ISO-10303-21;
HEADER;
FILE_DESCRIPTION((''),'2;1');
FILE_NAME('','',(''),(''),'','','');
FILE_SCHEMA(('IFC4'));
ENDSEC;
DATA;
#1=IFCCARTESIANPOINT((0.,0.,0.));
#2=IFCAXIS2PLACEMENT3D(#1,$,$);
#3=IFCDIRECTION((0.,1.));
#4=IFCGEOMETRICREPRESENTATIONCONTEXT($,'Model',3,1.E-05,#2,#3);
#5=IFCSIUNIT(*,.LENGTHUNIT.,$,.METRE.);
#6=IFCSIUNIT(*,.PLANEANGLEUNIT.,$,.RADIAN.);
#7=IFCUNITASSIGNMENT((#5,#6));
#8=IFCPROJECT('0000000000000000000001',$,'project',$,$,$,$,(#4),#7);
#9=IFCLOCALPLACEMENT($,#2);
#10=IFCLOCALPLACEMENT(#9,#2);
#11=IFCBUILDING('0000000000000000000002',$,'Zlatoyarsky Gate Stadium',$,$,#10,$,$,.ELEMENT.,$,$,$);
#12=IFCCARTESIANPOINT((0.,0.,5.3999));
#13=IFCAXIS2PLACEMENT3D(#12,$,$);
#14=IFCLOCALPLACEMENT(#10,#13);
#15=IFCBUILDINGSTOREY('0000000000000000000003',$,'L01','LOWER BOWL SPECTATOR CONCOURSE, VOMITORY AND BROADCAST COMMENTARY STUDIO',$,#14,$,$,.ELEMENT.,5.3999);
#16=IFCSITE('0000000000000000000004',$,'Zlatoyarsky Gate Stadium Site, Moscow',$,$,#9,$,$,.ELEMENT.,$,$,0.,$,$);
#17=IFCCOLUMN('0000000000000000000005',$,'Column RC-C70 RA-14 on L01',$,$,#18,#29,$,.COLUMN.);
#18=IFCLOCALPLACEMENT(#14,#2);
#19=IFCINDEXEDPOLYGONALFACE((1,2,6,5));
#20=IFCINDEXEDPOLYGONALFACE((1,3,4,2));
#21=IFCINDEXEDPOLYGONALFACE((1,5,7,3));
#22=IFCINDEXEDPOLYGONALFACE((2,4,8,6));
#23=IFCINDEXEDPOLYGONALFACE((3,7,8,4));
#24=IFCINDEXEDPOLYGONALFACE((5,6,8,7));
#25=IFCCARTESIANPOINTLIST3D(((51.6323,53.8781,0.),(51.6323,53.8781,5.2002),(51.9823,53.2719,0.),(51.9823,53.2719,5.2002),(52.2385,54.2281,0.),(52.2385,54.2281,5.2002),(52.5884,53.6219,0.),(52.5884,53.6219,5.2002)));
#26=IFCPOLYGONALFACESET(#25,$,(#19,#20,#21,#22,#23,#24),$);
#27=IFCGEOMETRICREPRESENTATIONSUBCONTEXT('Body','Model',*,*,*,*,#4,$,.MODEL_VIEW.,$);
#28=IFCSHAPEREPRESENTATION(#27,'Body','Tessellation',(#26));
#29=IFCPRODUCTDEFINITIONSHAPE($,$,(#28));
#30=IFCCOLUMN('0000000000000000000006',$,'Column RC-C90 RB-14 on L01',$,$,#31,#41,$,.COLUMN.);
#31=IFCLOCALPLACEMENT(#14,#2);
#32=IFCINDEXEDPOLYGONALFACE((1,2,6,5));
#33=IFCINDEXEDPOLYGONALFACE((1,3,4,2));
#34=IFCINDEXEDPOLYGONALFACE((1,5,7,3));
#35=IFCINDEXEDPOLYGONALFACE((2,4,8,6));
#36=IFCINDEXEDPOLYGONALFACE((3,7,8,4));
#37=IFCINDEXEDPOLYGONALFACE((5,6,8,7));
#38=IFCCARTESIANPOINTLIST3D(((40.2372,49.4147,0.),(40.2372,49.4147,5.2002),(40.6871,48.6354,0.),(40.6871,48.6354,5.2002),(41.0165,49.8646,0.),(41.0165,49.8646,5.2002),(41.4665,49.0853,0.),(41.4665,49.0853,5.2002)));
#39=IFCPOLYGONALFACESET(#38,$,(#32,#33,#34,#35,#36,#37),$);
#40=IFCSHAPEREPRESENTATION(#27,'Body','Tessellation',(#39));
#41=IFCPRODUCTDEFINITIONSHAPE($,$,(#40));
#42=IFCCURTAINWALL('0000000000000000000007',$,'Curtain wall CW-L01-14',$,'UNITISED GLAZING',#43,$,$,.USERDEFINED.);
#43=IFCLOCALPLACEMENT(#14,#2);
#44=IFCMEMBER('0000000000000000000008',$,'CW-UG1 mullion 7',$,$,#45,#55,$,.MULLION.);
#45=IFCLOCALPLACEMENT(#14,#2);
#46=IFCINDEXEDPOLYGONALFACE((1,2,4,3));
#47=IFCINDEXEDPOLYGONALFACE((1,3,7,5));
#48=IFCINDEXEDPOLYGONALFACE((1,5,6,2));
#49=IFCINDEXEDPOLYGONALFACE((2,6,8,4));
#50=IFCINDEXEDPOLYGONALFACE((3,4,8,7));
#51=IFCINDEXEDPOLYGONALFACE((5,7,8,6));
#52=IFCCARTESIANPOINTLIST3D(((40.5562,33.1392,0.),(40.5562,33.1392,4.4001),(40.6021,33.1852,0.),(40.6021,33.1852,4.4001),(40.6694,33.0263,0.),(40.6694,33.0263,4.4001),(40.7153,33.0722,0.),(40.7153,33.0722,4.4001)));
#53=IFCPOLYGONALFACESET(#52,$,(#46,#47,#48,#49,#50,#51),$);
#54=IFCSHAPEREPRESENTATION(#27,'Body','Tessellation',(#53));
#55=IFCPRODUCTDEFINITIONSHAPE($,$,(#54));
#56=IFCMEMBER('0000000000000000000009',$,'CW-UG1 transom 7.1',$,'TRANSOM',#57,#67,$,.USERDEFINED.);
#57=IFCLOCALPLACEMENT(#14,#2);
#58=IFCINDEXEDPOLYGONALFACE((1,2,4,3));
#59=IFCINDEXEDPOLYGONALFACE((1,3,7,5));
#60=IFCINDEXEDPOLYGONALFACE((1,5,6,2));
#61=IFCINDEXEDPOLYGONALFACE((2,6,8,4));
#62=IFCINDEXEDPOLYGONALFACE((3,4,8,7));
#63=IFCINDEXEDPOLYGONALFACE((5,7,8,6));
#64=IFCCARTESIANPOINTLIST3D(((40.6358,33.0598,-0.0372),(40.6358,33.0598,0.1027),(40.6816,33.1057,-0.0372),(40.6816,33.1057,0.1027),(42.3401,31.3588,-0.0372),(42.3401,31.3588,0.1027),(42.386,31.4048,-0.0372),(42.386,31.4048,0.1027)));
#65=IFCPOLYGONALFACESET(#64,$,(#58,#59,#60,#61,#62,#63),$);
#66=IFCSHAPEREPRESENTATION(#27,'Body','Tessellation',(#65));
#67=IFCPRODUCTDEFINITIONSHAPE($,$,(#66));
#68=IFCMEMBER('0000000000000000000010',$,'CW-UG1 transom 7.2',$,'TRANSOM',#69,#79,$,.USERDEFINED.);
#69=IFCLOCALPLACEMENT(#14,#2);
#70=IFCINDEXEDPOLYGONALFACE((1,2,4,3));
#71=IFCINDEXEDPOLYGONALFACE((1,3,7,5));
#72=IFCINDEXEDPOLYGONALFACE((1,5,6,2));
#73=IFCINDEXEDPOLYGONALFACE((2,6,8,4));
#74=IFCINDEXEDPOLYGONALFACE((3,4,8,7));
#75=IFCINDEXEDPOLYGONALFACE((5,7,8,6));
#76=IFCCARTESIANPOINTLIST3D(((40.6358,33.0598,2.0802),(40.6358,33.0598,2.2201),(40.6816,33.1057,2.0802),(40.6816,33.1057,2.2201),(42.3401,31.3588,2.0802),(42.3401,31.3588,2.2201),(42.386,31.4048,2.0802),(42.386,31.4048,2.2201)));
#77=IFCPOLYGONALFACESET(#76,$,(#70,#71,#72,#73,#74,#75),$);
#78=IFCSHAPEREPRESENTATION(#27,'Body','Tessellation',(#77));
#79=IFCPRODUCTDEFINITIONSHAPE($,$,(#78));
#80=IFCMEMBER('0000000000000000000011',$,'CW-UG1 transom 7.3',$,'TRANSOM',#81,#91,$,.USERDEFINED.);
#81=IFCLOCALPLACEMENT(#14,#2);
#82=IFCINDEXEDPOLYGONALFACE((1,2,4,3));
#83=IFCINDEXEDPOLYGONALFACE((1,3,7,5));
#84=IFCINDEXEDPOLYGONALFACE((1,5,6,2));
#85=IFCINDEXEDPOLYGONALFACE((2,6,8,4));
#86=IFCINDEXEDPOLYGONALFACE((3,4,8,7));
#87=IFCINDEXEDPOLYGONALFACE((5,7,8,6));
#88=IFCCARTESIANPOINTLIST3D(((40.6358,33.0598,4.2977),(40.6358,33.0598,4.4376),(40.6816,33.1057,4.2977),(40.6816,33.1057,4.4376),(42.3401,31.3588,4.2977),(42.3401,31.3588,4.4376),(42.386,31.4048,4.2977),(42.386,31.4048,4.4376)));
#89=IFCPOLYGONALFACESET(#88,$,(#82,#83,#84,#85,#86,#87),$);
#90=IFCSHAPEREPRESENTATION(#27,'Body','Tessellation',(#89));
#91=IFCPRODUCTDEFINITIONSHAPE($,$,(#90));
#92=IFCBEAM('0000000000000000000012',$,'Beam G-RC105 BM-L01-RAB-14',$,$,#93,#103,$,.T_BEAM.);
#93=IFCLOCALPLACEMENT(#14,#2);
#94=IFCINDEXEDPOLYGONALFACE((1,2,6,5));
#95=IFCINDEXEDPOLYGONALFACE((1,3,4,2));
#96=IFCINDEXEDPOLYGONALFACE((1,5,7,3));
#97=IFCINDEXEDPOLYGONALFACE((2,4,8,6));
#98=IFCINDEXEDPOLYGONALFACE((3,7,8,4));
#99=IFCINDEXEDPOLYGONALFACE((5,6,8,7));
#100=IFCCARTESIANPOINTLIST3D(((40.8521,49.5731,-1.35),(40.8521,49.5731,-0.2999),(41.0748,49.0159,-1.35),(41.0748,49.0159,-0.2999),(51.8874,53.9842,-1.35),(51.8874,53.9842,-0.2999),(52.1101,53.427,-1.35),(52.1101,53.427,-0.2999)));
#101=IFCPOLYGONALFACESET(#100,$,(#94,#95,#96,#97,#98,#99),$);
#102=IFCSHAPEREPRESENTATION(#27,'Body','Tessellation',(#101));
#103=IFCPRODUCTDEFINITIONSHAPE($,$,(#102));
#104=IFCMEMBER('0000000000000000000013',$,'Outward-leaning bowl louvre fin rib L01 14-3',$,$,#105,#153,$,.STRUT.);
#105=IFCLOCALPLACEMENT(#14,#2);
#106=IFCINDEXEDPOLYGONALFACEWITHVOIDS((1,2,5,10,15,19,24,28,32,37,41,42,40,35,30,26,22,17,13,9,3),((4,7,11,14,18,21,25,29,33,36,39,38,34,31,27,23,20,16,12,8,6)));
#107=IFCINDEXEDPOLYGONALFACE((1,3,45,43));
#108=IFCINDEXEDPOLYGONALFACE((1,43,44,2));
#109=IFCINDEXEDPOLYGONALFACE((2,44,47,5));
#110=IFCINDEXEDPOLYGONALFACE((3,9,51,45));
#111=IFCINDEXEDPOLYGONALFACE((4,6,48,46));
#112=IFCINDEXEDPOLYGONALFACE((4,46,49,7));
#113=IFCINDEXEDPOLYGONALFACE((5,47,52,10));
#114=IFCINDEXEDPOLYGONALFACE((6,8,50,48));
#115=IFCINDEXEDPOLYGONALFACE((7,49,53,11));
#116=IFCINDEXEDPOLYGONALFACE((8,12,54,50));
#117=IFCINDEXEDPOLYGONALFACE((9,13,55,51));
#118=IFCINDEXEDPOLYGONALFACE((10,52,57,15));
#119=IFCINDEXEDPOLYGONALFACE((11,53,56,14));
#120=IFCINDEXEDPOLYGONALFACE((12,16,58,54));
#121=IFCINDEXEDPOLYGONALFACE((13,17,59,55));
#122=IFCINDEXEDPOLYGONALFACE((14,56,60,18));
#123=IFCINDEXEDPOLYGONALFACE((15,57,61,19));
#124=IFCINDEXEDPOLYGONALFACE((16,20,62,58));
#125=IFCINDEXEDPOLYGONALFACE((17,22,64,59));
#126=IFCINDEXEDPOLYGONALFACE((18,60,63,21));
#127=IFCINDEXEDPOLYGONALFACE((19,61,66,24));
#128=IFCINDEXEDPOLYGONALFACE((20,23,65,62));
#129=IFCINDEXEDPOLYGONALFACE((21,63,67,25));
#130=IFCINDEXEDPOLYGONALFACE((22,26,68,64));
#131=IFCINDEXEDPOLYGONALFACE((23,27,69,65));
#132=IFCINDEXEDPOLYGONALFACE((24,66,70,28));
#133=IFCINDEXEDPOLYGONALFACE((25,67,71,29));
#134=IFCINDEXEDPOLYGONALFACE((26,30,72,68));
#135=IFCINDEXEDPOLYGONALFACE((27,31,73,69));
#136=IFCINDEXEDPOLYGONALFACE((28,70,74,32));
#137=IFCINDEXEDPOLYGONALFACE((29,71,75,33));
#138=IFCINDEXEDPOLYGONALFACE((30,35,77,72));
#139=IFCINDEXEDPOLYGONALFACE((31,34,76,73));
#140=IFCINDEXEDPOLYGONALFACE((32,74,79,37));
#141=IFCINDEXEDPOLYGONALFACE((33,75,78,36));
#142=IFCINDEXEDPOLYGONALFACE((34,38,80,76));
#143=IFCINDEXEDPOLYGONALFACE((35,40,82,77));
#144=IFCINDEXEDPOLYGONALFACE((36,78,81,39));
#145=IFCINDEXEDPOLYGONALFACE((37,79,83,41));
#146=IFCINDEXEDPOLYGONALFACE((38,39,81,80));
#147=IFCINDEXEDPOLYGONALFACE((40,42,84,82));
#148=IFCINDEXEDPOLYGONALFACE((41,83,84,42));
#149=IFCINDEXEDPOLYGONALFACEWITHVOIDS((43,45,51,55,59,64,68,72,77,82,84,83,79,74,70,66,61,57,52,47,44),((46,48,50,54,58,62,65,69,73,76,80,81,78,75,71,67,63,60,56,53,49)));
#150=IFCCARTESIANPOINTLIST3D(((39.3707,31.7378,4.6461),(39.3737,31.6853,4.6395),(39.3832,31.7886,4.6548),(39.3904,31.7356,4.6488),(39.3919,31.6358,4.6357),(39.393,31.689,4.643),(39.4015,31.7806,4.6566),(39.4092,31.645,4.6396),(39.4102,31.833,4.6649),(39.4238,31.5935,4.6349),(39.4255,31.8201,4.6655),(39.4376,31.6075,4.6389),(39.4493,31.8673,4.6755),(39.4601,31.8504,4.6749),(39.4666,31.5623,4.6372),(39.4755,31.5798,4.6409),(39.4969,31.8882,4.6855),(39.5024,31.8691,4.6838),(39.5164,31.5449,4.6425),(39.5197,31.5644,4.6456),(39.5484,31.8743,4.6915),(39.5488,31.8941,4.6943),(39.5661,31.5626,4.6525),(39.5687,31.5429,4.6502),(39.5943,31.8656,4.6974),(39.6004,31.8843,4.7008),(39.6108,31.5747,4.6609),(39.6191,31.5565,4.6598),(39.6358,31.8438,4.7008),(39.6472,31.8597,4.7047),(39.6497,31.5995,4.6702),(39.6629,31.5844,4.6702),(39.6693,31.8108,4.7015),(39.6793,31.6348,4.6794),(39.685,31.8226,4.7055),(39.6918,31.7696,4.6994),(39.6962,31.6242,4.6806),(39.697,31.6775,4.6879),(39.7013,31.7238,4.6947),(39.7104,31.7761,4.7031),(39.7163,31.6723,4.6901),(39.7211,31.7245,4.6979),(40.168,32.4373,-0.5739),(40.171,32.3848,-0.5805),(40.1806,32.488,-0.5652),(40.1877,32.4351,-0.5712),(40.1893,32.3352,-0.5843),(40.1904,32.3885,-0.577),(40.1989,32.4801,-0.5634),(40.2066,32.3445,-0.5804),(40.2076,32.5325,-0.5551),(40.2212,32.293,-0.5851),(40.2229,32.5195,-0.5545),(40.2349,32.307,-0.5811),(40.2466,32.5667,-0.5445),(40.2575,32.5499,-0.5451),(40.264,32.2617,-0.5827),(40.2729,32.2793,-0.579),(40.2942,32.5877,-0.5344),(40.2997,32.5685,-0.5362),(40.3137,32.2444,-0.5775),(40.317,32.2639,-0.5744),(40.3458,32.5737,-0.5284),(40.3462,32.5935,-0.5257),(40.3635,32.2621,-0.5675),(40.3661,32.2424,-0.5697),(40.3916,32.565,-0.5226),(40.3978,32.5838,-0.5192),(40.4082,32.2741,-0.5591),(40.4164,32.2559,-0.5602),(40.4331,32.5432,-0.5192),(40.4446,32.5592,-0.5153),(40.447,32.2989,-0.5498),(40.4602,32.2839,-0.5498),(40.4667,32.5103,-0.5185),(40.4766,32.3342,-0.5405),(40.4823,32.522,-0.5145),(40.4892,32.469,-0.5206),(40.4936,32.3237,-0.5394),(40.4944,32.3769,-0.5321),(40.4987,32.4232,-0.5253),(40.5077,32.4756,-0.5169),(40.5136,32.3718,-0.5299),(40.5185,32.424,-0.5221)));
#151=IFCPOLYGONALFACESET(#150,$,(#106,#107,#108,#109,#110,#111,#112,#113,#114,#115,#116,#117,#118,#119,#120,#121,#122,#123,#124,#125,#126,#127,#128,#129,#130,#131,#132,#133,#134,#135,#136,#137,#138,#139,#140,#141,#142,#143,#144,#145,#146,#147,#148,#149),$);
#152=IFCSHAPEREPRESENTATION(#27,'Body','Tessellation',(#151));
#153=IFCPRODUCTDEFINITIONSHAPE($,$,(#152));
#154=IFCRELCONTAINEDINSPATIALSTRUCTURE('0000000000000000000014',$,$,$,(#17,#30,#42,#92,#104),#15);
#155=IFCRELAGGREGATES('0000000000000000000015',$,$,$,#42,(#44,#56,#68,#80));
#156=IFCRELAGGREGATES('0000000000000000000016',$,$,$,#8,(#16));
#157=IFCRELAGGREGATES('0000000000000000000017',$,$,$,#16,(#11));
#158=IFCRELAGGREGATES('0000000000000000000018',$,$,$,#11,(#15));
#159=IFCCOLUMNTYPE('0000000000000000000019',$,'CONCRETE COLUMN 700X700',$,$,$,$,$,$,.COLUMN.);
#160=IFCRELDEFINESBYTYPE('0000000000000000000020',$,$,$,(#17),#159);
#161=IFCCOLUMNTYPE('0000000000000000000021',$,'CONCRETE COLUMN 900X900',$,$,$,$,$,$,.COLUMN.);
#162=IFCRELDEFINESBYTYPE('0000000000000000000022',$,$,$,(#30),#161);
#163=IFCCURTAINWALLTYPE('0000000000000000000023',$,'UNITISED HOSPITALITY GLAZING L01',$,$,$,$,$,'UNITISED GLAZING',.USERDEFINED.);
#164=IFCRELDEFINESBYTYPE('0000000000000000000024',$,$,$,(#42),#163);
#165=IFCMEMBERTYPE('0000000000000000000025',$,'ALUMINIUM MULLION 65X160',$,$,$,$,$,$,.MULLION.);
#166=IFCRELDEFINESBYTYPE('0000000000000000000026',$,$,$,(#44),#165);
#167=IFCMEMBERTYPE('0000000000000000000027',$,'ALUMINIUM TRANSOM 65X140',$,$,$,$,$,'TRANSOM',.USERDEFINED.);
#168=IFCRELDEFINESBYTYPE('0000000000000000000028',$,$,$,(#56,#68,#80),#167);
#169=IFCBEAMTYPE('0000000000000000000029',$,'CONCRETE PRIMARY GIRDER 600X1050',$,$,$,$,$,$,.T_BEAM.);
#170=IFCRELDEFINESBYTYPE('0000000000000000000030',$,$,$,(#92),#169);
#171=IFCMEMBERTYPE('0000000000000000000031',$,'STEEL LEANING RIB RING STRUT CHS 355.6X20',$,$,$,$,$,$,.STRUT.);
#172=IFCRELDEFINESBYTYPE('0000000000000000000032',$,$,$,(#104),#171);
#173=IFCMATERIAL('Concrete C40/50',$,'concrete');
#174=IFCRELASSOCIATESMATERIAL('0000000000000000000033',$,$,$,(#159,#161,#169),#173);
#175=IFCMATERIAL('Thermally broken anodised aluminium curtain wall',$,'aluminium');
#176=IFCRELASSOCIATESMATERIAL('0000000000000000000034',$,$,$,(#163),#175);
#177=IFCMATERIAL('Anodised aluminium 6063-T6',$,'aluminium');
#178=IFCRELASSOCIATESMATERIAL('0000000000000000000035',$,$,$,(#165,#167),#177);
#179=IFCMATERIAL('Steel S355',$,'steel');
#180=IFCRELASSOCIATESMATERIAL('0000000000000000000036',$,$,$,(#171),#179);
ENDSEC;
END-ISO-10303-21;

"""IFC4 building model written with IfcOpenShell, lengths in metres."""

from ifc_helpers import new_model, si_unit, direction, frame, origin, origin_2d, place, context, subcontext, project, spatial, rectangle, hollow_circle, extrude, material, material_profile, profile_set, type_object, element, aggregate, save


model = new_model("IFC4")

# Units and contexts
model_context = context("Model", 3, precision=1e-05, world=origin(), true_north=direction((0.0, 1.0)))
body_context = subcontext(model_context, "Body", "Model", "MODEL_VIEW")
ifc_project = project(units=[si_unit("LENGTHUNIT", "METRE"), si_unit("PLANEANGLEUNIT", "RADIAN")], contexts=[model_context])

# Site, building, storey
site_placement = place(None, origin())
site = spatial("IfcSite", under=ifc_project, at=site_placement, Name="Zlatoyarsky Gate Stadium Site, Moscow", CompositionType="ELEMENT", RefElevation=0.0)
building_placement = place(site_placement, origin())
building = spatial("IfcBuilding", under=site, at=building_placement, Name="Zlatoyarsky Gate Stadium", CompositionType="ELEMENT")
storey_placement = place(building_placement, frame((0.0, 0.0, 5.3999)))
storey = spatial("IfcBuildingStorey", under=building, at=storey_placement, Name="L01", Description="LOWER BOWL SPECTATOR CONCOURSE, VOMITORY AND BROADCAST COMMENTARY STUDIO", CompositionType="ELEMENT", Elevation=5.3999)

# Columns
ifc_material_1 = material(Name="Concrete C40/50", Category="concrete")
ifc_material_profile_1 = material_profile(ifc_material_1, rectangle(XDim=0.7, YDim=0.7, at=origin_2d()), Name="RC COL 700X700")
ifc_profile_set_1 = profile_set([ifc_material_profile_1], Name="Concrete C40/50")
column_type_1 = type_object("IfcColumnType", Name="CONCRETE COLUMN 700X700", PredefinedType="COLUMN", material=ifc_profile_set_1)
column_1_placement = place(storey_placement, frame((52.1104, 53.75, 0.0), z_axis=(0.0, 0.0, 1.0), x_axis=(-0.866025, -0.5, 0.0)))
element("IfcColumn", 1, at=column_1_placement, inside=storey, type_object=column_type_1, Name="Column RC-C70 RA-14 on L01", PredefinedType="COLUMN", context=body_context, shape_type="SweptSolid", body=[
    extrude(rectangle(XDim=0.7, YDim=0.7, at=origin_2d()), origin(), (0.0, 0.0, 1.0), 5.2002),
])
ifc_material_profile_2 = material_profile(ifc_material_1, rectangle(XDim=0.8999, YDim=0.8999, at=origin_2d()), Name="RC COL 900X900")
ifc_profile_set_2 = profile_set([ifc_material_profile_2], Name="Concrete C40/50")
column_type_2 = type_object("IfcColumnType", Name="CONCRETE COLUMN 900X900", PredefinedType="COLUMN", material=ifc_profile_set_2)
column_2_placement = place(storey_placement, frame((40.8518, 49.25, 0.0), z_axis=(0.0, 0.0, 1.0), x_axis=(-0.866025, -0.5, 0.0)))
element("IfcColumn", 2, at=column_2_placement, inside=storey, type_object=column_type_2, Name="Column RC-C90 RB-14 on L01", PredefinedType="COLUMN", context=body_context, shape_type="SweptSolid", body=[
    extrude(rectangle(XDim=0.8999, YDim=0.8999, at=origin_2d()), origin(), (0.0, 0.0, 1.0), 5.2002),
])

# Curtain wall, members
ifc_material_2 = material(Name="Thermally broken anodised aluminium curtain wall", Category="aluminium")
curtain_wall_type = type_object("IfcCurtainWallType", Name="UNITISED HOSPITALITY GLAZING L01", ElementType="UNITISED GLAZING", PredefinedType="USERDEFINED", material=ifc_material_2)
curtain_wall_placement = place(storey_placement, origin())
curtain_wall = element("IfcCurtainWall", 3, at=curtain_wall_placement, inside=storey, type_object=curtain_wall_type, Name="Curtain wall CW-L01-14", ObjectType="UNITISED GLAZING", PredefinedType="USERDEFINED")
ifc_material_3 = material(Name="Anodised aluminium 6063-T6", Category="aluminium")
ifc_material_profile_3 = material_profile(ifc_material_3, rectangle(XDim=0.0649, YDim=0.1599, at=origin_2d()), Name="ALU 65X160")
ifc_profile_set_3 = profile_set([ifc_material_profile_3], Name="Anodised aluminium 6063-T6")
member_type_1 = type_object("IfcMemberType", Name="ALUMINIUM MULLION 65X160", PredefinedType="MULLION", material=ifc_profile_set_3)
member_1_placement = place(storey_placement, frame((40.6357, 33.1057, 0.0), z_axis=(0.0, 0.0, 1.0), x_axis=(0.706373, 0.707839, 0.0)))
member_1 = element("IfcMember", 4, at=member_1_placement, type_object=member_type_1, Name="CW-UG1 mullion 7", PredefinedType="MULLION", context=body_context, shape_type="SweptSolid", body=[
    extrude(rectangle(XDim=0.0649, YDim=0.1599, at=origin_2d()), origin(), (0.0, 0.0, 1.0), 4.4001),
])
ifc_material_profile_4 = material_profile(ifc_material_3, rectangle(XDim=0.0649, YDim=0.1399, at=origin_2d()), Name="ALU 65X140")
ifc_profile_set_4 = profile_set([ifc_material_profile_4], Name="Anodised aluminium 6063-T6")
member_type_2 = type_object("IfcMemberType", Name="ALUMINIUM TRANSOM 65X140", ElementType="TRANSOM", PredefinedType="USERDEFINED", material=ifc_profile_set_4)
member_2_placement = place(storey_placement, frame((40.6587, 33.0828, 0.0327), z_axis=(0.707816, -0.706397, 0.0), x_axis=(0.706397, 0.707816, 0.0)))
member_2 = element("IfcMember", 5, at=member_2_placement, type_object=member_type_2, Name="CW-UG1 transom 7.1", ObjectType="TRANSOM", PredefinedType="USERDEFINED", context=body_context, shape_type="SweptSolid", body=[
    extrude(rectangle(XDim=0.0649, YDim=0.1399, at=origin_2d()), origin(), (0.0, 0.0, 1.0), 2.408),
])
member_3_placement = place(storey_placement, frame((40.6587, 33.0828, 2.1501), z_axis=(0.707816, -0.706397, 0.0), x_axis=(0.706397, 0.707816, 0.0)))
member_3 = element("IfcMember", 6, at=member_3_placement, type_object=member_type_2, Name="CW-UG1 transom 7.2", ObjectType="TRANSOM", PredefinedType="USERDEFINED", context=body_context, shape_type="SweptSolid", body=[
    extrude(rectangle(XDim=0.0649, YDim=0.1399, at=origin_2d()), origin(), (0.0, 0.0, 1.0), 2.408),
])
member_4_placement = place(storey_placement, frame((40.6587, 33.0828, 4.3677), z_axis=(0.707816, -0.706397, 0.0), x_axis=(0.706397, 0.707816, 0.0)))
member_4 = element("IfcMember", 7, at=member_4_placement, type_object=member_type_2, Name="CW-UG1 transom 7.3", ObjectType="TRANSOM", PredefinedType="USERDEFINED", context=body_context, shape_type="SweptSolid", body=[
    extrude(rectangle(XDim=0.0649, YDim=0.1399, at=origin_2d()), origin(), (0.0, 0.0, 1.0), 2.408),
])

# Beam
ifc_material_profile_5 = material_profile(ifc_material_1, rectangle(XDim=0.6001, YDim=1.05, at=origin_2d()), Name="RC GIRDER 600X1050")
ifc_profile_set_5 = profile_set([ifc_material_profile_5], Name="Concrete C40/50")
beam_type_1 = type_object("IfcBeamType", Name="CONCRETE PRIMARY GIRDER 600X1050", PredefinedType="T_BEAM", material=ifc_profile_set_5)
beam_1_placement = place(storey_placement, frame((51.9988, 53.7056, -0.825), z_axis=(-0.928565, -0.371171, 0.0), x_axis=(0.371171, -0.928565, 0.0)))
element("IfcBeam", 8, at=beam_1_placement, inside=storey, type_object=beam_type_1, Name="Beam G-RC105 BM-L01-RAB-14", PredefinedType="T_BEAM", context=body_context, shape_type="SweptSolid", body=[
    extrude(rectangle(XDim=0.6001, YDim=1.05, at=origin_2d()), origin(), (0.0, 0.0, 1.0), 11.8843),
])

# Member
ifc_material_4 = material(Name="Steel S355", Category="steel")
ifc_material_profile_6 = material_profile(ifc_material_4, hollow_circle(Radius=0.1777, WallThickness=0.02, at=origin_2d()), Name="CHS 355.6X20")
ifc_profile_set_6 = profile_set([ifc_material_profile_6], Name="Steel S355")
member_type_3 = type_object("IfcMemberType", Name="STEEL LEANING RIB RING STRUT CHS 355.6X20", PredefinedType="STRUT", material=ifc_profile_set_6)
member_5_placement = place(storey_placement, frame((40.343, 32.4175, -0.5498), z_axis=(-0.149693, -0.131314, 0.979974), x_axis=(0.659449, -0.751749, 0.0)))
element("IfcMember", 9, at=member_5_placement, inside=storey, type_object=member_type_3, Name="Outward-leaning bowl louvre fin rib L01 14-3", PredefinedType="STRUT", context=body_context, shape_type="SweptSolid", body=[
    extrude(hollow_circle(Radius=0.1777, WallThickness=0.02, at=origin_2d()), origin(), (0.0, 0.0, 1.0), 5.3267),
])

aggregate(curtain_wall, [member_1, member_2, member_3, member_4])

save(model, "model.ifc")
